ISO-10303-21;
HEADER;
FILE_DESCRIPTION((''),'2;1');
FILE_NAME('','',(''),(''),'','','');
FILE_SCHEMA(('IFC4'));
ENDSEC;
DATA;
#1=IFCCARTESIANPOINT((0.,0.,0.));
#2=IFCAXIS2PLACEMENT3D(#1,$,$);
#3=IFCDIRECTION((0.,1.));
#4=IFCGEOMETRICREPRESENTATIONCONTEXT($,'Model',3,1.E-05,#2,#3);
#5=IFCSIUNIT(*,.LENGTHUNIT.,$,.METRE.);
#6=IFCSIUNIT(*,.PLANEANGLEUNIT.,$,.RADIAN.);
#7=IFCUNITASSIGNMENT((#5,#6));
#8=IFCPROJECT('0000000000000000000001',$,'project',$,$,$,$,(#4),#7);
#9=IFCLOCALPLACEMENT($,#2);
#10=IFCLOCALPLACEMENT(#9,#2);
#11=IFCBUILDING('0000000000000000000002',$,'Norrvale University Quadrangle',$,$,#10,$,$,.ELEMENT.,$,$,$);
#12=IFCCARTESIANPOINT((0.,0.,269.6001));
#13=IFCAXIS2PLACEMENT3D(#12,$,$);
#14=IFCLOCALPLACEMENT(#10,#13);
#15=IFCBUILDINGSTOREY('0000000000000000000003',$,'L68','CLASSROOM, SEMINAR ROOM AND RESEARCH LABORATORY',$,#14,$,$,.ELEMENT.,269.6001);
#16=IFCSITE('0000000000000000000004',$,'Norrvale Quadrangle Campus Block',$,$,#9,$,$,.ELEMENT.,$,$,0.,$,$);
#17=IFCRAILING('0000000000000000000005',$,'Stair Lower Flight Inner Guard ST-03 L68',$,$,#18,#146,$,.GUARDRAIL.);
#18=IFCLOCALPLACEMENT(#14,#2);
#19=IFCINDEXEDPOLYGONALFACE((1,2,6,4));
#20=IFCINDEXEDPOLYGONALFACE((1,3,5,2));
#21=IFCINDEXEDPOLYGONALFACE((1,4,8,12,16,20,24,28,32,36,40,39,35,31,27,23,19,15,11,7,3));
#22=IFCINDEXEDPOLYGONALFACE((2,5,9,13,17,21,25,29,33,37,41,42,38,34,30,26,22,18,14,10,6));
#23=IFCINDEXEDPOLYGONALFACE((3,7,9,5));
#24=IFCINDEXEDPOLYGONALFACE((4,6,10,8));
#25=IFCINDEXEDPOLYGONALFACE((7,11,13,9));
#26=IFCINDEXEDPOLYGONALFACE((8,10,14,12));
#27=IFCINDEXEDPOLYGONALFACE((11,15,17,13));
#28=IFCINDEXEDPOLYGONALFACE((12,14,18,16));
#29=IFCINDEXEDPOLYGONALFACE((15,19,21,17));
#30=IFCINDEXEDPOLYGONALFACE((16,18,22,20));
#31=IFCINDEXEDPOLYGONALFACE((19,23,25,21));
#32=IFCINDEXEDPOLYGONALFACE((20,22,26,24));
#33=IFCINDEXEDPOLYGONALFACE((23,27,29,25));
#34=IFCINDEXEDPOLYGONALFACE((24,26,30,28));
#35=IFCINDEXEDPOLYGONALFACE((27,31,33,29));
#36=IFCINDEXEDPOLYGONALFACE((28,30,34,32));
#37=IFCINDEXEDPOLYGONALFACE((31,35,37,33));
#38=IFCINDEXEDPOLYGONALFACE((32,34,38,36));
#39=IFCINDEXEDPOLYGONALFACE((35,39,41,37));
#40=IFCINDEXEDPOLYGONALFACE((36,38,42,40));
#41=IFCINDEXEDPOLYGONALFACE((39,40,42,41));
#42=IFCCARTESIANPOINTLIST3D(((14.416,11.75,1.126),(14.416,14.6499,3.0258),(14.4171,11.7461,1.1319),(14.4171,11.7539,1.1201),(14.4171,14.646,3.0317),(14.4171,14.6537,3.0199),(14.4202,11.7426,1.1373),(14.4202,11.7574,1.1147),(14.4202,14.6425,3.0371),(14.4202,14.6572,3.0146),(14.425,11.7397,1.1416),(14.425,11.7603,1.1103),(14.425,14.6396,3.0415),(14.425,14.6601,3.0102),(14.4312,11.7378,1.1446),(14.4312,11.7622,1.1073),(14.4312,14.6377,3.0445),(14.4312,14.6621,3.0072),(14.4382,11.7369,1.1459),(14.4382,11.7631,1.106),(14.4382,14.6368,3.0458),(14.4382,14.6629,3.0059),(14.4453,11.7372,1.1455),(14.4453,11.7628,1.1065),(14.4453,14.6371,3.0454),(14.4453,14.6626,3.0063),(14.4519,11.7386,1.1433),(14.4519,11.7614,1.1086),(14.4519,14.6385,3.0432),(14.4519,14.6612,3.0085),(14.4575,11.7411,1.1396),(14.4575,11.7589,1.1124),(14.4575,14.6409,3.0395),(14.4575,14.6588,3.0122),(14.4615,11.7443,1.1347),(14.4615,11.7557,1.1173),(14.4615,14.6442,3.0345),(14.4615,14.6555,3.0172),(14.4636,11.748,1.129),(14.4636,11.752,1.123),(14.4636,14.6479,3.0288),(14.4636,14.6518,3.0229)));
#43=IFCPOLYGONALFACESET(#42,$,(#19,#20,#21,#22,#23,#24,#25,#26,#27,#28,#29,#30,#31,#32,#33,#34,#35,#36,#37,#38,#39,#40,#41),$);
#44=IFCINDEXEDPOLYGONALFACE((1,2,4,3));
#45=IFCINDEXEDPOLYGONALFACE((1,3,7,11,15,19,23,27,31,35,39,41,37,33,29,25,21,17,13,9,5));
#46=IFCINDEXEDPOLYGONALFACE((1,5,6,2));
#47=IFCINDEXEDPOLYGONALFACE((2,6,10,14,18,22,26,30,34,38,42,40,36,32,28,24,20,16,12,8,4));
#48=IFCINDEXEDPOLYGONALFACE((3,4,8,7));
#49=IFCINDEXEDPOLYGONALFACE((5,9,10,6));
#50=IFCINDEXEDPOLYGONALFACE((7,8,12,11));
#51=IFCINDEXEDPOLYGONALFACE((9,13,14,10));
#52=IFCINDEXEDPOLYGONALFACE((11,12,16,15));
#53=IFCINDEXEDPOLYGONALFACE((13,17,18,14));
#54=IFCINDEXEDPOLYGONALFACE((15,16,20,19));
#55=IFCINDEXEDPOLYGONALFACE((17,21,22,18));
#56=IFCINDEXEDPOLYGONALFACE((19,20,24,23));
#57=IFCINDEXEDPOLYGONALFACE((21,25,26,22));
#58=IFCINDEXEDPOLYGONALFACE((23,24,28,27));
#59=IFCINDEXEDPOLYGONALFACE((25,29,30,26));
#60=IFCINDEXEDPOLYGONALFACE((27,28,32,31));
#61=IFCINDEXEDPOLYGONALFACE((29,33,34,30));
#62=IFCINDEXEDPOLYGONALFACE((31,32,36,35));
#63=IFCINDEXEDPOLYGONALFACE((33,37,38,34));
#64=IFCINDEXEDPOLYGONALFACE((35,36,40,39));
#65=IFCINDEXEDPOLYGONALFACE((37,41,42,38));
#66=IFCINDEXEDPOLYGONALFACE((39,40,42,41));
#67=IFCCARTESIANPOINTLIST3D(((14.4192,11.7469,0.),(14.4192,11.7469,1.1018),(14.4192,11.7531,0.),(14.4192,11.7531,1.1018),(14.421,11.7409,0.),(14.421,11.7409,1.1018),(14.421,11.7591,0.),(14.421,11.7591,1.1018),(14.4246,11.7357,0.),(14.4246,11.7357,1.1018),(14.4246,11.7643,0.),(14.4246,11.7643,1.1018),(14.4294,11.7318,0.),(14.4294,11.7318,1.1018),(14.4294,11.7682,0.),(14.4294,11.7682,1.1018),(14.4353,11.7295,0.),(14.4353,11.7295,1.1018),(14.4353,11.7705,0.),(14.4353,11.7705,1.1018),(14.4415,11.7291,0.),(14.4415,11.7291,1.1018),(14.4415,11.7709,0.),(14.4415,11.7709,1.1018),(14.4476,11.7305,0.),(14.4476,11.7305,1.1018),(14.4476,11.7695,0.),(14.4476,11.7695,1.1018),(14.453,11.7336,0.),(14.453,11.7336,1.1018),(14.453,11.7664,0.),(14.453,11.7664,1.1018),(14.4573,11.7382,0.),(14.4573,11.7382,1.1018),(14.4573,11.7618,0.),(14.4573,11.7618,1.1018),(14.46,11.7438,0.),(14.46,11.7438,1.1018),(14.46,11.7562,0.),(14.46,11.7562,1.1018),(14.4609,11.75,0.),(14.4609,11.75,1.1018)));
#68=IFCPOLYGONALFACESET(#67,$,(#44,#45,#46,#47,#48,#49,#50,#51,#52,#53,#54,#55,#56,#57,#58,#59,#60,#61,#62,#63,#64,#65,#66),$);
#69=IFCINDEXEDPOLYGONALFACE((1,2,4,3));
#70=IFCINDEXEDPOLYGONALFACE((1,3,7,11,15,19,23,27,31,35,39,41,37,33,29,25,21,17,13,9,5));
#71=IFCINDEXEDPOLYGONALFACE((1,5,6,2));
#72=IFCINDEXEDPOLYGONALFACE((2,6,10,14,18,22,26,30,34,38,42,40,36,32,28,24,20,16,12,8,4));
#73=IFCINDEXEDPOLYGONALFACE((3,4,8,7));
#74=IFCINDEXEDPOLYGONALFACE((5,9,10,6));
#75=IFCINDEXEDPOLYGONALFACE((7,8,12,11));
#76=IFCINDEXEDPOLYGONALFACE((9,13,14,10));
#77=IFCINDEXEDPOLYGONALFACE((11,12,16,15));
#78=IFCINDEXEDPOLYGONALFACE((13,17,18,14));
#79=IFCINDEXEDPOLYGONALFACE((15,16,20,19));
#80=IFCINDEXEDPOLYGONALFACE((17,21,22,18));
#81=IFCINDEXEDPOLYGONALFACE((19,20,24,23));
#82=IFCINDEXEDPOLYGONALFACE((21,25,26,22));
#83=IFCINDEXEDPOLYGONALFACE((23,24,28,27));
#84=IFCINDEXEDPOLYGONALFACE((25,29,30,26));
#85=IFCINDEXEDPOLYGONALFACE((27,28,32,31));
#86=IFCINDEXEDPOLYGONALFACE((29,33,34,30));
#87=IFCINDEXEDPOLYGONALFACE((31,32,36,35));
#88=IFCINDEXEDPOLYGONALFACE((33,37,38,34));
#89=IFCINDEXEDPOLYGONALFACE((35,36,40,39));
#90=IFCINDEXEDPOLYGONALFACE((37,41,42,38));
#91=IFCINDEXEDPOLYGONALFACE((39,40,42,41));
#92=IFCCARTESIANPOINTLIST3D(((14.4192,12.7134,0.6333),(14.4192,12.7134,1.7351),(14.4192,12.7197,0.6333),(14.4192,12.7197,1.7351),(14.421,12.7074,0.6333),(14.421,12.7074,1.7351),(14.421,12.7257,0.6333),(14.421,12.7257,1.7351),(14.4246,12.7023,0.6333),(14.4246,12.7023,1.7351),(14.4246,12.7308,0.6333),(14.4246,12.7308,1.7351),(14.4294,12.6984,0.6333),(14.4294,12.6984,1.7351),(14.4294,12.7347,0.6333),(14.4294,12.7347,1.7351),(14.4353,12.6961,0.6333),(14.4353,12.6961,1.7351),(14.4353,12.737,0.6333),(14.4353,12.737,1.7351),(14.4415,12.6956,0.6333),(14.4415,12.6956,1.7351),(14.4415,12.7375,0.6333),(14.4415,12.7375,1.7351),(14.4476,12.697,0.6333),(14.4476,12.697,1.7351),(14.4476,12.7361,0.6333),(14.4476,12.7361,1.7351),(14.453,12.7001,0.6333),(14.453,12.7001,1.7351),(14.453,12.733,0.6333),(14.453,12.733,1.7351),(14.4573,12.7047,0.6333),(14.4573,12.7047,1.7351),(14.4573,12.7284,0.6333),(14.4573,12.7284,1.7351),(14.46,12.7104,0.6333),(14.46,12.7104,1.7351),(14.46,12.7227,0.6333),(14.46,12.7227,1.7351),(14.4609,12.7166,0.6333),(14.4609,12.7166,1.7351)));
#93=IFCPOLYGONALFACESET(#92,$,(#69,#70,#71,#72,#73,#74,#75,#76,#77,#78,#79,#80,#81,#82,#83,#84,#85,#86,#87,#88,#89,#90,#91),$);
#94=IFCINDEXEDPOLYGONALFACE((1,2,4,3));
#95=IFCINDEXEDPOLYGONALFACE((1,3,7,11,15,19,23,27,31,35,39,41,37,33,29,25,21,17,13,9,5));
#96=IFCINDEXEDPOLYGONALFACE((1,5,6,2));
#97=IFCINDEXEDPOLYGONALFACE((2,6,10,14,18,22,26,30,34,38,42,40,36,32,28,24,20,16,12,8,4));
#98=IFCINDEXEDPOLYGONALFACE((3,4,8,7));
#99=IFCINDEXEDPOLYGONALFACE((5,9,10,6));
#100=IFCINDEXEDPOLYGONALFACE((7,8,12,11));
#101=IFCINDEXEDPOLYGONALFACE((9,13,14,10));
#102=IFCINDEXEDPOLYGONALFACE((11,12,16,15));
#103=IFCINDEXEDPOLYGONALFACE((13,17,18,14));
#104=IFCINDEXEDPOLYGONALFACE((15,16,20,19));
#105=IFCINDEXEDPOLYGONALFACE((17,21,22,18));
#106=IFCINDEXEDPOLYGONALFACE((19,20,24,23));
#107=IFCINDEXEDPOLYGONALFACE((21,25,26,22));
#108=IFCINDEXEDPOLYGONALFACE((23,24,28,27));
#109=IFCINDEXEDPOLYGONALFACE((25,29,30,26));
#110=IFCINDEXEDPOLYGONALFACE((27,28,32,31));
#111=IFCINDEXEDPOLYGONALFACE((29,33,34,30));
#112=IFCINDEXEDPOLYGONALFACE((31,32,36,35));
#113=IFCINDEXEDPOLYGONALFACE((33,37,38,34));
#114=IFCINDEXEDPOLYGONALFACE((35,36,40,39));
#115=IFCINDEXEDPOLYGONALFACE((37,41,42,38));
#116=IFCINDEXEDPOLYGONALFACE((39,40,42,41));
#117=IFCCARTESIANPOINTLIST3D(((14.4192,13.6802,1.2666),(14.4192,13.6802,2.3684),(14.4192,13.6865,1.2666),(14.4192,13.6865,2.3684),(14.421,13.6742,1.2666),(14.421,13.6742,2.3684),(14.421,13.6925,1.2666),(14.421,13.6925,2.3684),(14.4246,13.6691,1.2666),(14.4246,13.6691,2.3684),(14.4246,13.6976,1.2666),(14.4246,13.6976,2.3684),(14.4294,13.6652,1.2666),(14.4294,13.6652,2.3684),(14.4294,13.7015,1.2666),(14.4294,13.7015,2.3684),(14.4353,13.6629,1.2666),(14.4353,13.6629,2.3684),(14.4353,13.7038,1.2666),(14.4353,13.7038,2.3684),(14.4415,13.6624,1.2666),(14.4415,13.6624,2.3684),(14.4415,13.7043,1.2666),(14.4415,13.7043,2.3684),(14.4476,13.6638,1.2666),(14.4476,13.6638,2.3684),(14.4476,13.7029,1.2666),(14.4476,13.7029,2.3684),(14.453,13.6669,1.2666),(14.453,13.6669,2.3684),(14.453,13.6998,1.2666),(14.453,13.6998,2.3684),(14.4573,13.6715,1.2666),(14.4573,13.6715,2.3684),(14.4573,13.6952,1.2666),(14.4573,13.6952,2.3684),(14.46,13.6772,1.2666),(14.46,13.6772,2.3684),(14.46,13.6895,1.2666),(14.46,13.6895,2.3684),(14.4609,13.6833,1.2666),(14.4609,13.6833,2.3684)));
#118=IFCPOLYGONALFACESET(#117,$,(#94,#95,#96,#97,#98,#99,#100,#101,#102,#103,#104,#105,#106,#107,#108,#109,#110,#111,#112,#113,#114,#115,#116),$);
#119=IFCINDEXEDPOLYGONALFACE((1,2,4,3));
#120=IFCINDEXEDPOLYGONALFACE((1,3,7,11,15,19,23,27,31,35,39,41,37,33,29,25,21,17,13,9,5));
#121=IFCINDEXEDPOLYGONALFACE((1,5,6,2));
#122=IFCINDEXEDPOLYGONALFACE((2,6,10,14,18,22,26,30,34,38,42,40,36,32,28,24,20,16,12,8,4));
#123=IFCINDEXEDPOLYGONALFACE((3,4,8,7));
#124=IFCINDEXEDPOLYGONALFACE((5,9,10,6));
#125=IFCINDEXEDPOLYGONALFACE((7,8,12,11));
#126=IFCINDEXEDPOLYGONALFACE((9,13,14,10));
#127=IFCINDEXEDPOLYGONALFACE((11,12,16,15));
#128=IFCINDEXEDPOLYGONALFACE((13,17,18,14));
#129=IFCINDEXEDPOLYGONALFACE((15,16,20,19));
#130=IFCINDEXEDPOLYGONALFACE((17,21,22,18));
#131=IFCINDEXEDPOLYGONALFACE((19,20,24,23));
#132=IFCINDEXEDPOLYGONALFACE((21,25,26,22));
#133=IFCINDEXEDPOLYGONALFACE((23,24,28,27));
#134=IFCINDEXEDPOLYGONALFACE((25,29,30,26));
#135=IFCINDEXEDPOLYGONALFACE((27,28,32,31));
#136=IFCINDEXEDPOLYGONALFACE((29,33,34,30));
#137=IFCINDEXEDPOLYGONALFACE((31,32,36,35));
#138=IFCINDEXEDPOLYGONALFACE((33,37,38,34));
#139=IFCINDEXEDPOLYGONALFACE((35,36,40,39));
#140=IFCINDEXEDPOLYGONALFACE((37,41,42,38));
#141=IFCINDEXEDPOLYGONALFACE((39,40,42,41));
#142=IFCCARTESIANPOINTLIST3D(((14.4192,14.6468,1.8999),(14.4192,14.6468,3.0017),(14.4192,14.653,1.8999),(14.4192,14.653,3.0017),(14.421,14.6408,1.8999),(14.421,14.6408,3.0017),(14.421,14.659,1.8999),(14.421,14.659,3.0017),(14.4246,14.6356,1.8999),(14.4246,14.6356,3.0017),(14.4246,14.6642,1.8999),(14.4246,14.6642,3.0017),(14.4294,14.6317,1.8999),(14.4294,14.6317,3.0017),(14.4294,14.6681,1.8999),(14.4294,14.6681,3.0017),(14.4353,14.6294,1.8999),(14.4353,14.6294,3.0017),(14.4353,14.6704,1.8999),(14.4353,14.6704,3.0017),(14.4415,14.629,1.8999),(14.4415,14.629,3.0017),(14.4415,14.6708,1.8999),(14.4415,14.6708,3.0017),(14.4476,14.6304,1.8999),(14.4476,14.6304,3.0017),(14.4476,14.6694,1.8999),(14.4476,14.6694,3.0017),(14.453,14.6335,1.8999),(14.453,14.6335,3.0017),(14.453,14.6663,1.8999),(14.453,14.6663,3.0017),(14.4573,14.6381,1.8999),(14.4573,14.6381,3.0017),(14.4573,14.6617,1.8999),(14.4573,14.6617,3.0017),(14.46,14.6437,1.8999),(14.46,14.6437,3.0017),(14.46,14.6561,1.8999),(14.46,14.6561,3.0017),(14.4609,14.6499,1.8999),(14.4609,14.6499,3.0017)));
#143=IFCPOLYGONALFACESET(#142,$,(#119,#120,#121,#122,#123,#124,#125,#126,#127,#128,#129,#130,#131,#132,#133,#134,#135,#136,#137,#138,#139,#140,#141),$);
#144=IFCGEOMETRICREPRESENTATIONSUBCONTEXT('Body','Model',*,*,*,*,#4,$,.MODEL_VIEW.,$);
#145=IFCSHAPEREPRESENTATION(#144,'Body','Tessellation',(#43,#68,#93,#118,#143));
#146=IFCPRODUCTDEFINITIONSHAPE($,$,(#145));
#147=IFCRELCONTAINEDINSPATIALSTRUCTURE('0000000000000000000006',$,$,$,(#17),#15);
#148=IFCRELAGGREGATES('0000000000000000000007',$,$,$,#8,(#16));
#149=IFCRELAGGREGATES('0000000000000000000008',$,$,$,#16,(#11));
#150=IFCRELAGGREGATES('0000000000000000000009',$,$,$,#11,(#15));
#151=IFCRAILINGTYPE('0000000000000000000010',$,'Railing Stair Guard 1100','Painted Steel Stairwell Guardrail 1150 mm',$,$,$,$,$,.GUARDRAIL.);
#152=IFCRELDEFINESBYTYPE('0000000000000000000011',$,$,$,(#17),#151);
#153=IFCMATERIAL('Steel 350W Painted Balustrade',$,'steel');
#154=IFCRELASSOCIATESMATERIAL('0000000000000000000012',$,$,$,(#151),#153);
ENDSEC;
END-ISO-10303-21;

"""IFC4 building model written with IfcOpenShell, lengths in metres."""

from ifc_helpers import new_model, si_unit, direction, frame, origin, origin_2d, place, context, subcontext, project, spatial, circle, extrude, material, type_object, element, save


model = new_model("IFC4")

# Units and contexts
model_context = context("Model", 3, precision=1e-05, world=origin(), true_north=direction((0.0, 1.0)))
body_context = subcontext(model_context, "Body", "Model", "MODEL_VIEW")
ifc_project = project(units=[si_unit("LENGTHUNIT", "METRE"), si_unit("PLANEANGLEUNIT", "RADIAN")], contexts=[model_context])

# Site, building, storey
site_placement = place(None, origin())
site = spatial("IfcSite", under=ifc_project, at=site_placement, Name="Norrvale Quadrangle Campus Block", CompositionType="ELEMENT", RefElevation=0.0)
building_placement = place(site_placement, origin())
building = spatial("IfcBuilding", under=site, at=building_placement, Name="Norrvale University Quadrangle", CompositionType="ELEMENT")
storey_placement = place(building_placement, frame((0.0, 0.0, 269.6001)))
storey = spatial("IfcBuildingStorey", under=building, at=storey_placement, Name="L68", Description="CLASSROOM, SEMINAR ROOM AND RESEARCH LABORATORY", CompositionType="ELEMENT", Elevation=269.6001)

# Railing
ifc_material_1 = material(Name="Steel 350W Painted Balustrade", Category="steel")
railing_type_1 = type_object("IfcRailingType", Name="Railing Stair Guard 1100", Description="Painted Steel Stairwell Guardrail 1150 mm", PredefinedType="GUARDRAIL", material=ifc_material_1)
railing_1_placement = place(storey_placement, frame((14.4399, 11.75, 0.0)))
element("IfcRailing", 1, at=railing_1_placement, inside=storey, type_object=railing_type_1, Name="Stair Lower Flight Inner Guard ST-03 L68", PredefinedType="GUARDRAIL", context=body_context, shape_type="SweptSolid", body=[
    extrude(circle(Radius=0.0239, at=origin_2d()), frame((0.0, 0.0, 1.126), z_axis=(0.0, 0.836466, 0.548019), x_axis=(-1.0, 0.0, 0.0)), (0.0, 0.0, 1.0), 3.4668),
    extrude(circle(Radius=0.021, at=origin_2d()), origin(), (0.0, 0.0, 1.0), 1.1018),
    extrude(circle(Radius=0.021, at=origin_2d()), frame((0.0, 0.9666, 0.6333)), (0.0, 0.0, 1.0), 1.1018),
    extrude(circle(Radius=0.021, at=origin_2d()), frame((0.0, 1.9333, 1.2666)), (0.0, 0.0, 1.0), 1.1018),
    extrude(circle(Radius=0.021, at=origin_2d()), frame((0.0, 2.8999, 1.8999)), (0.0, 0.0, 1.0), 1.1018),
])

save(model, "model.ifc")
